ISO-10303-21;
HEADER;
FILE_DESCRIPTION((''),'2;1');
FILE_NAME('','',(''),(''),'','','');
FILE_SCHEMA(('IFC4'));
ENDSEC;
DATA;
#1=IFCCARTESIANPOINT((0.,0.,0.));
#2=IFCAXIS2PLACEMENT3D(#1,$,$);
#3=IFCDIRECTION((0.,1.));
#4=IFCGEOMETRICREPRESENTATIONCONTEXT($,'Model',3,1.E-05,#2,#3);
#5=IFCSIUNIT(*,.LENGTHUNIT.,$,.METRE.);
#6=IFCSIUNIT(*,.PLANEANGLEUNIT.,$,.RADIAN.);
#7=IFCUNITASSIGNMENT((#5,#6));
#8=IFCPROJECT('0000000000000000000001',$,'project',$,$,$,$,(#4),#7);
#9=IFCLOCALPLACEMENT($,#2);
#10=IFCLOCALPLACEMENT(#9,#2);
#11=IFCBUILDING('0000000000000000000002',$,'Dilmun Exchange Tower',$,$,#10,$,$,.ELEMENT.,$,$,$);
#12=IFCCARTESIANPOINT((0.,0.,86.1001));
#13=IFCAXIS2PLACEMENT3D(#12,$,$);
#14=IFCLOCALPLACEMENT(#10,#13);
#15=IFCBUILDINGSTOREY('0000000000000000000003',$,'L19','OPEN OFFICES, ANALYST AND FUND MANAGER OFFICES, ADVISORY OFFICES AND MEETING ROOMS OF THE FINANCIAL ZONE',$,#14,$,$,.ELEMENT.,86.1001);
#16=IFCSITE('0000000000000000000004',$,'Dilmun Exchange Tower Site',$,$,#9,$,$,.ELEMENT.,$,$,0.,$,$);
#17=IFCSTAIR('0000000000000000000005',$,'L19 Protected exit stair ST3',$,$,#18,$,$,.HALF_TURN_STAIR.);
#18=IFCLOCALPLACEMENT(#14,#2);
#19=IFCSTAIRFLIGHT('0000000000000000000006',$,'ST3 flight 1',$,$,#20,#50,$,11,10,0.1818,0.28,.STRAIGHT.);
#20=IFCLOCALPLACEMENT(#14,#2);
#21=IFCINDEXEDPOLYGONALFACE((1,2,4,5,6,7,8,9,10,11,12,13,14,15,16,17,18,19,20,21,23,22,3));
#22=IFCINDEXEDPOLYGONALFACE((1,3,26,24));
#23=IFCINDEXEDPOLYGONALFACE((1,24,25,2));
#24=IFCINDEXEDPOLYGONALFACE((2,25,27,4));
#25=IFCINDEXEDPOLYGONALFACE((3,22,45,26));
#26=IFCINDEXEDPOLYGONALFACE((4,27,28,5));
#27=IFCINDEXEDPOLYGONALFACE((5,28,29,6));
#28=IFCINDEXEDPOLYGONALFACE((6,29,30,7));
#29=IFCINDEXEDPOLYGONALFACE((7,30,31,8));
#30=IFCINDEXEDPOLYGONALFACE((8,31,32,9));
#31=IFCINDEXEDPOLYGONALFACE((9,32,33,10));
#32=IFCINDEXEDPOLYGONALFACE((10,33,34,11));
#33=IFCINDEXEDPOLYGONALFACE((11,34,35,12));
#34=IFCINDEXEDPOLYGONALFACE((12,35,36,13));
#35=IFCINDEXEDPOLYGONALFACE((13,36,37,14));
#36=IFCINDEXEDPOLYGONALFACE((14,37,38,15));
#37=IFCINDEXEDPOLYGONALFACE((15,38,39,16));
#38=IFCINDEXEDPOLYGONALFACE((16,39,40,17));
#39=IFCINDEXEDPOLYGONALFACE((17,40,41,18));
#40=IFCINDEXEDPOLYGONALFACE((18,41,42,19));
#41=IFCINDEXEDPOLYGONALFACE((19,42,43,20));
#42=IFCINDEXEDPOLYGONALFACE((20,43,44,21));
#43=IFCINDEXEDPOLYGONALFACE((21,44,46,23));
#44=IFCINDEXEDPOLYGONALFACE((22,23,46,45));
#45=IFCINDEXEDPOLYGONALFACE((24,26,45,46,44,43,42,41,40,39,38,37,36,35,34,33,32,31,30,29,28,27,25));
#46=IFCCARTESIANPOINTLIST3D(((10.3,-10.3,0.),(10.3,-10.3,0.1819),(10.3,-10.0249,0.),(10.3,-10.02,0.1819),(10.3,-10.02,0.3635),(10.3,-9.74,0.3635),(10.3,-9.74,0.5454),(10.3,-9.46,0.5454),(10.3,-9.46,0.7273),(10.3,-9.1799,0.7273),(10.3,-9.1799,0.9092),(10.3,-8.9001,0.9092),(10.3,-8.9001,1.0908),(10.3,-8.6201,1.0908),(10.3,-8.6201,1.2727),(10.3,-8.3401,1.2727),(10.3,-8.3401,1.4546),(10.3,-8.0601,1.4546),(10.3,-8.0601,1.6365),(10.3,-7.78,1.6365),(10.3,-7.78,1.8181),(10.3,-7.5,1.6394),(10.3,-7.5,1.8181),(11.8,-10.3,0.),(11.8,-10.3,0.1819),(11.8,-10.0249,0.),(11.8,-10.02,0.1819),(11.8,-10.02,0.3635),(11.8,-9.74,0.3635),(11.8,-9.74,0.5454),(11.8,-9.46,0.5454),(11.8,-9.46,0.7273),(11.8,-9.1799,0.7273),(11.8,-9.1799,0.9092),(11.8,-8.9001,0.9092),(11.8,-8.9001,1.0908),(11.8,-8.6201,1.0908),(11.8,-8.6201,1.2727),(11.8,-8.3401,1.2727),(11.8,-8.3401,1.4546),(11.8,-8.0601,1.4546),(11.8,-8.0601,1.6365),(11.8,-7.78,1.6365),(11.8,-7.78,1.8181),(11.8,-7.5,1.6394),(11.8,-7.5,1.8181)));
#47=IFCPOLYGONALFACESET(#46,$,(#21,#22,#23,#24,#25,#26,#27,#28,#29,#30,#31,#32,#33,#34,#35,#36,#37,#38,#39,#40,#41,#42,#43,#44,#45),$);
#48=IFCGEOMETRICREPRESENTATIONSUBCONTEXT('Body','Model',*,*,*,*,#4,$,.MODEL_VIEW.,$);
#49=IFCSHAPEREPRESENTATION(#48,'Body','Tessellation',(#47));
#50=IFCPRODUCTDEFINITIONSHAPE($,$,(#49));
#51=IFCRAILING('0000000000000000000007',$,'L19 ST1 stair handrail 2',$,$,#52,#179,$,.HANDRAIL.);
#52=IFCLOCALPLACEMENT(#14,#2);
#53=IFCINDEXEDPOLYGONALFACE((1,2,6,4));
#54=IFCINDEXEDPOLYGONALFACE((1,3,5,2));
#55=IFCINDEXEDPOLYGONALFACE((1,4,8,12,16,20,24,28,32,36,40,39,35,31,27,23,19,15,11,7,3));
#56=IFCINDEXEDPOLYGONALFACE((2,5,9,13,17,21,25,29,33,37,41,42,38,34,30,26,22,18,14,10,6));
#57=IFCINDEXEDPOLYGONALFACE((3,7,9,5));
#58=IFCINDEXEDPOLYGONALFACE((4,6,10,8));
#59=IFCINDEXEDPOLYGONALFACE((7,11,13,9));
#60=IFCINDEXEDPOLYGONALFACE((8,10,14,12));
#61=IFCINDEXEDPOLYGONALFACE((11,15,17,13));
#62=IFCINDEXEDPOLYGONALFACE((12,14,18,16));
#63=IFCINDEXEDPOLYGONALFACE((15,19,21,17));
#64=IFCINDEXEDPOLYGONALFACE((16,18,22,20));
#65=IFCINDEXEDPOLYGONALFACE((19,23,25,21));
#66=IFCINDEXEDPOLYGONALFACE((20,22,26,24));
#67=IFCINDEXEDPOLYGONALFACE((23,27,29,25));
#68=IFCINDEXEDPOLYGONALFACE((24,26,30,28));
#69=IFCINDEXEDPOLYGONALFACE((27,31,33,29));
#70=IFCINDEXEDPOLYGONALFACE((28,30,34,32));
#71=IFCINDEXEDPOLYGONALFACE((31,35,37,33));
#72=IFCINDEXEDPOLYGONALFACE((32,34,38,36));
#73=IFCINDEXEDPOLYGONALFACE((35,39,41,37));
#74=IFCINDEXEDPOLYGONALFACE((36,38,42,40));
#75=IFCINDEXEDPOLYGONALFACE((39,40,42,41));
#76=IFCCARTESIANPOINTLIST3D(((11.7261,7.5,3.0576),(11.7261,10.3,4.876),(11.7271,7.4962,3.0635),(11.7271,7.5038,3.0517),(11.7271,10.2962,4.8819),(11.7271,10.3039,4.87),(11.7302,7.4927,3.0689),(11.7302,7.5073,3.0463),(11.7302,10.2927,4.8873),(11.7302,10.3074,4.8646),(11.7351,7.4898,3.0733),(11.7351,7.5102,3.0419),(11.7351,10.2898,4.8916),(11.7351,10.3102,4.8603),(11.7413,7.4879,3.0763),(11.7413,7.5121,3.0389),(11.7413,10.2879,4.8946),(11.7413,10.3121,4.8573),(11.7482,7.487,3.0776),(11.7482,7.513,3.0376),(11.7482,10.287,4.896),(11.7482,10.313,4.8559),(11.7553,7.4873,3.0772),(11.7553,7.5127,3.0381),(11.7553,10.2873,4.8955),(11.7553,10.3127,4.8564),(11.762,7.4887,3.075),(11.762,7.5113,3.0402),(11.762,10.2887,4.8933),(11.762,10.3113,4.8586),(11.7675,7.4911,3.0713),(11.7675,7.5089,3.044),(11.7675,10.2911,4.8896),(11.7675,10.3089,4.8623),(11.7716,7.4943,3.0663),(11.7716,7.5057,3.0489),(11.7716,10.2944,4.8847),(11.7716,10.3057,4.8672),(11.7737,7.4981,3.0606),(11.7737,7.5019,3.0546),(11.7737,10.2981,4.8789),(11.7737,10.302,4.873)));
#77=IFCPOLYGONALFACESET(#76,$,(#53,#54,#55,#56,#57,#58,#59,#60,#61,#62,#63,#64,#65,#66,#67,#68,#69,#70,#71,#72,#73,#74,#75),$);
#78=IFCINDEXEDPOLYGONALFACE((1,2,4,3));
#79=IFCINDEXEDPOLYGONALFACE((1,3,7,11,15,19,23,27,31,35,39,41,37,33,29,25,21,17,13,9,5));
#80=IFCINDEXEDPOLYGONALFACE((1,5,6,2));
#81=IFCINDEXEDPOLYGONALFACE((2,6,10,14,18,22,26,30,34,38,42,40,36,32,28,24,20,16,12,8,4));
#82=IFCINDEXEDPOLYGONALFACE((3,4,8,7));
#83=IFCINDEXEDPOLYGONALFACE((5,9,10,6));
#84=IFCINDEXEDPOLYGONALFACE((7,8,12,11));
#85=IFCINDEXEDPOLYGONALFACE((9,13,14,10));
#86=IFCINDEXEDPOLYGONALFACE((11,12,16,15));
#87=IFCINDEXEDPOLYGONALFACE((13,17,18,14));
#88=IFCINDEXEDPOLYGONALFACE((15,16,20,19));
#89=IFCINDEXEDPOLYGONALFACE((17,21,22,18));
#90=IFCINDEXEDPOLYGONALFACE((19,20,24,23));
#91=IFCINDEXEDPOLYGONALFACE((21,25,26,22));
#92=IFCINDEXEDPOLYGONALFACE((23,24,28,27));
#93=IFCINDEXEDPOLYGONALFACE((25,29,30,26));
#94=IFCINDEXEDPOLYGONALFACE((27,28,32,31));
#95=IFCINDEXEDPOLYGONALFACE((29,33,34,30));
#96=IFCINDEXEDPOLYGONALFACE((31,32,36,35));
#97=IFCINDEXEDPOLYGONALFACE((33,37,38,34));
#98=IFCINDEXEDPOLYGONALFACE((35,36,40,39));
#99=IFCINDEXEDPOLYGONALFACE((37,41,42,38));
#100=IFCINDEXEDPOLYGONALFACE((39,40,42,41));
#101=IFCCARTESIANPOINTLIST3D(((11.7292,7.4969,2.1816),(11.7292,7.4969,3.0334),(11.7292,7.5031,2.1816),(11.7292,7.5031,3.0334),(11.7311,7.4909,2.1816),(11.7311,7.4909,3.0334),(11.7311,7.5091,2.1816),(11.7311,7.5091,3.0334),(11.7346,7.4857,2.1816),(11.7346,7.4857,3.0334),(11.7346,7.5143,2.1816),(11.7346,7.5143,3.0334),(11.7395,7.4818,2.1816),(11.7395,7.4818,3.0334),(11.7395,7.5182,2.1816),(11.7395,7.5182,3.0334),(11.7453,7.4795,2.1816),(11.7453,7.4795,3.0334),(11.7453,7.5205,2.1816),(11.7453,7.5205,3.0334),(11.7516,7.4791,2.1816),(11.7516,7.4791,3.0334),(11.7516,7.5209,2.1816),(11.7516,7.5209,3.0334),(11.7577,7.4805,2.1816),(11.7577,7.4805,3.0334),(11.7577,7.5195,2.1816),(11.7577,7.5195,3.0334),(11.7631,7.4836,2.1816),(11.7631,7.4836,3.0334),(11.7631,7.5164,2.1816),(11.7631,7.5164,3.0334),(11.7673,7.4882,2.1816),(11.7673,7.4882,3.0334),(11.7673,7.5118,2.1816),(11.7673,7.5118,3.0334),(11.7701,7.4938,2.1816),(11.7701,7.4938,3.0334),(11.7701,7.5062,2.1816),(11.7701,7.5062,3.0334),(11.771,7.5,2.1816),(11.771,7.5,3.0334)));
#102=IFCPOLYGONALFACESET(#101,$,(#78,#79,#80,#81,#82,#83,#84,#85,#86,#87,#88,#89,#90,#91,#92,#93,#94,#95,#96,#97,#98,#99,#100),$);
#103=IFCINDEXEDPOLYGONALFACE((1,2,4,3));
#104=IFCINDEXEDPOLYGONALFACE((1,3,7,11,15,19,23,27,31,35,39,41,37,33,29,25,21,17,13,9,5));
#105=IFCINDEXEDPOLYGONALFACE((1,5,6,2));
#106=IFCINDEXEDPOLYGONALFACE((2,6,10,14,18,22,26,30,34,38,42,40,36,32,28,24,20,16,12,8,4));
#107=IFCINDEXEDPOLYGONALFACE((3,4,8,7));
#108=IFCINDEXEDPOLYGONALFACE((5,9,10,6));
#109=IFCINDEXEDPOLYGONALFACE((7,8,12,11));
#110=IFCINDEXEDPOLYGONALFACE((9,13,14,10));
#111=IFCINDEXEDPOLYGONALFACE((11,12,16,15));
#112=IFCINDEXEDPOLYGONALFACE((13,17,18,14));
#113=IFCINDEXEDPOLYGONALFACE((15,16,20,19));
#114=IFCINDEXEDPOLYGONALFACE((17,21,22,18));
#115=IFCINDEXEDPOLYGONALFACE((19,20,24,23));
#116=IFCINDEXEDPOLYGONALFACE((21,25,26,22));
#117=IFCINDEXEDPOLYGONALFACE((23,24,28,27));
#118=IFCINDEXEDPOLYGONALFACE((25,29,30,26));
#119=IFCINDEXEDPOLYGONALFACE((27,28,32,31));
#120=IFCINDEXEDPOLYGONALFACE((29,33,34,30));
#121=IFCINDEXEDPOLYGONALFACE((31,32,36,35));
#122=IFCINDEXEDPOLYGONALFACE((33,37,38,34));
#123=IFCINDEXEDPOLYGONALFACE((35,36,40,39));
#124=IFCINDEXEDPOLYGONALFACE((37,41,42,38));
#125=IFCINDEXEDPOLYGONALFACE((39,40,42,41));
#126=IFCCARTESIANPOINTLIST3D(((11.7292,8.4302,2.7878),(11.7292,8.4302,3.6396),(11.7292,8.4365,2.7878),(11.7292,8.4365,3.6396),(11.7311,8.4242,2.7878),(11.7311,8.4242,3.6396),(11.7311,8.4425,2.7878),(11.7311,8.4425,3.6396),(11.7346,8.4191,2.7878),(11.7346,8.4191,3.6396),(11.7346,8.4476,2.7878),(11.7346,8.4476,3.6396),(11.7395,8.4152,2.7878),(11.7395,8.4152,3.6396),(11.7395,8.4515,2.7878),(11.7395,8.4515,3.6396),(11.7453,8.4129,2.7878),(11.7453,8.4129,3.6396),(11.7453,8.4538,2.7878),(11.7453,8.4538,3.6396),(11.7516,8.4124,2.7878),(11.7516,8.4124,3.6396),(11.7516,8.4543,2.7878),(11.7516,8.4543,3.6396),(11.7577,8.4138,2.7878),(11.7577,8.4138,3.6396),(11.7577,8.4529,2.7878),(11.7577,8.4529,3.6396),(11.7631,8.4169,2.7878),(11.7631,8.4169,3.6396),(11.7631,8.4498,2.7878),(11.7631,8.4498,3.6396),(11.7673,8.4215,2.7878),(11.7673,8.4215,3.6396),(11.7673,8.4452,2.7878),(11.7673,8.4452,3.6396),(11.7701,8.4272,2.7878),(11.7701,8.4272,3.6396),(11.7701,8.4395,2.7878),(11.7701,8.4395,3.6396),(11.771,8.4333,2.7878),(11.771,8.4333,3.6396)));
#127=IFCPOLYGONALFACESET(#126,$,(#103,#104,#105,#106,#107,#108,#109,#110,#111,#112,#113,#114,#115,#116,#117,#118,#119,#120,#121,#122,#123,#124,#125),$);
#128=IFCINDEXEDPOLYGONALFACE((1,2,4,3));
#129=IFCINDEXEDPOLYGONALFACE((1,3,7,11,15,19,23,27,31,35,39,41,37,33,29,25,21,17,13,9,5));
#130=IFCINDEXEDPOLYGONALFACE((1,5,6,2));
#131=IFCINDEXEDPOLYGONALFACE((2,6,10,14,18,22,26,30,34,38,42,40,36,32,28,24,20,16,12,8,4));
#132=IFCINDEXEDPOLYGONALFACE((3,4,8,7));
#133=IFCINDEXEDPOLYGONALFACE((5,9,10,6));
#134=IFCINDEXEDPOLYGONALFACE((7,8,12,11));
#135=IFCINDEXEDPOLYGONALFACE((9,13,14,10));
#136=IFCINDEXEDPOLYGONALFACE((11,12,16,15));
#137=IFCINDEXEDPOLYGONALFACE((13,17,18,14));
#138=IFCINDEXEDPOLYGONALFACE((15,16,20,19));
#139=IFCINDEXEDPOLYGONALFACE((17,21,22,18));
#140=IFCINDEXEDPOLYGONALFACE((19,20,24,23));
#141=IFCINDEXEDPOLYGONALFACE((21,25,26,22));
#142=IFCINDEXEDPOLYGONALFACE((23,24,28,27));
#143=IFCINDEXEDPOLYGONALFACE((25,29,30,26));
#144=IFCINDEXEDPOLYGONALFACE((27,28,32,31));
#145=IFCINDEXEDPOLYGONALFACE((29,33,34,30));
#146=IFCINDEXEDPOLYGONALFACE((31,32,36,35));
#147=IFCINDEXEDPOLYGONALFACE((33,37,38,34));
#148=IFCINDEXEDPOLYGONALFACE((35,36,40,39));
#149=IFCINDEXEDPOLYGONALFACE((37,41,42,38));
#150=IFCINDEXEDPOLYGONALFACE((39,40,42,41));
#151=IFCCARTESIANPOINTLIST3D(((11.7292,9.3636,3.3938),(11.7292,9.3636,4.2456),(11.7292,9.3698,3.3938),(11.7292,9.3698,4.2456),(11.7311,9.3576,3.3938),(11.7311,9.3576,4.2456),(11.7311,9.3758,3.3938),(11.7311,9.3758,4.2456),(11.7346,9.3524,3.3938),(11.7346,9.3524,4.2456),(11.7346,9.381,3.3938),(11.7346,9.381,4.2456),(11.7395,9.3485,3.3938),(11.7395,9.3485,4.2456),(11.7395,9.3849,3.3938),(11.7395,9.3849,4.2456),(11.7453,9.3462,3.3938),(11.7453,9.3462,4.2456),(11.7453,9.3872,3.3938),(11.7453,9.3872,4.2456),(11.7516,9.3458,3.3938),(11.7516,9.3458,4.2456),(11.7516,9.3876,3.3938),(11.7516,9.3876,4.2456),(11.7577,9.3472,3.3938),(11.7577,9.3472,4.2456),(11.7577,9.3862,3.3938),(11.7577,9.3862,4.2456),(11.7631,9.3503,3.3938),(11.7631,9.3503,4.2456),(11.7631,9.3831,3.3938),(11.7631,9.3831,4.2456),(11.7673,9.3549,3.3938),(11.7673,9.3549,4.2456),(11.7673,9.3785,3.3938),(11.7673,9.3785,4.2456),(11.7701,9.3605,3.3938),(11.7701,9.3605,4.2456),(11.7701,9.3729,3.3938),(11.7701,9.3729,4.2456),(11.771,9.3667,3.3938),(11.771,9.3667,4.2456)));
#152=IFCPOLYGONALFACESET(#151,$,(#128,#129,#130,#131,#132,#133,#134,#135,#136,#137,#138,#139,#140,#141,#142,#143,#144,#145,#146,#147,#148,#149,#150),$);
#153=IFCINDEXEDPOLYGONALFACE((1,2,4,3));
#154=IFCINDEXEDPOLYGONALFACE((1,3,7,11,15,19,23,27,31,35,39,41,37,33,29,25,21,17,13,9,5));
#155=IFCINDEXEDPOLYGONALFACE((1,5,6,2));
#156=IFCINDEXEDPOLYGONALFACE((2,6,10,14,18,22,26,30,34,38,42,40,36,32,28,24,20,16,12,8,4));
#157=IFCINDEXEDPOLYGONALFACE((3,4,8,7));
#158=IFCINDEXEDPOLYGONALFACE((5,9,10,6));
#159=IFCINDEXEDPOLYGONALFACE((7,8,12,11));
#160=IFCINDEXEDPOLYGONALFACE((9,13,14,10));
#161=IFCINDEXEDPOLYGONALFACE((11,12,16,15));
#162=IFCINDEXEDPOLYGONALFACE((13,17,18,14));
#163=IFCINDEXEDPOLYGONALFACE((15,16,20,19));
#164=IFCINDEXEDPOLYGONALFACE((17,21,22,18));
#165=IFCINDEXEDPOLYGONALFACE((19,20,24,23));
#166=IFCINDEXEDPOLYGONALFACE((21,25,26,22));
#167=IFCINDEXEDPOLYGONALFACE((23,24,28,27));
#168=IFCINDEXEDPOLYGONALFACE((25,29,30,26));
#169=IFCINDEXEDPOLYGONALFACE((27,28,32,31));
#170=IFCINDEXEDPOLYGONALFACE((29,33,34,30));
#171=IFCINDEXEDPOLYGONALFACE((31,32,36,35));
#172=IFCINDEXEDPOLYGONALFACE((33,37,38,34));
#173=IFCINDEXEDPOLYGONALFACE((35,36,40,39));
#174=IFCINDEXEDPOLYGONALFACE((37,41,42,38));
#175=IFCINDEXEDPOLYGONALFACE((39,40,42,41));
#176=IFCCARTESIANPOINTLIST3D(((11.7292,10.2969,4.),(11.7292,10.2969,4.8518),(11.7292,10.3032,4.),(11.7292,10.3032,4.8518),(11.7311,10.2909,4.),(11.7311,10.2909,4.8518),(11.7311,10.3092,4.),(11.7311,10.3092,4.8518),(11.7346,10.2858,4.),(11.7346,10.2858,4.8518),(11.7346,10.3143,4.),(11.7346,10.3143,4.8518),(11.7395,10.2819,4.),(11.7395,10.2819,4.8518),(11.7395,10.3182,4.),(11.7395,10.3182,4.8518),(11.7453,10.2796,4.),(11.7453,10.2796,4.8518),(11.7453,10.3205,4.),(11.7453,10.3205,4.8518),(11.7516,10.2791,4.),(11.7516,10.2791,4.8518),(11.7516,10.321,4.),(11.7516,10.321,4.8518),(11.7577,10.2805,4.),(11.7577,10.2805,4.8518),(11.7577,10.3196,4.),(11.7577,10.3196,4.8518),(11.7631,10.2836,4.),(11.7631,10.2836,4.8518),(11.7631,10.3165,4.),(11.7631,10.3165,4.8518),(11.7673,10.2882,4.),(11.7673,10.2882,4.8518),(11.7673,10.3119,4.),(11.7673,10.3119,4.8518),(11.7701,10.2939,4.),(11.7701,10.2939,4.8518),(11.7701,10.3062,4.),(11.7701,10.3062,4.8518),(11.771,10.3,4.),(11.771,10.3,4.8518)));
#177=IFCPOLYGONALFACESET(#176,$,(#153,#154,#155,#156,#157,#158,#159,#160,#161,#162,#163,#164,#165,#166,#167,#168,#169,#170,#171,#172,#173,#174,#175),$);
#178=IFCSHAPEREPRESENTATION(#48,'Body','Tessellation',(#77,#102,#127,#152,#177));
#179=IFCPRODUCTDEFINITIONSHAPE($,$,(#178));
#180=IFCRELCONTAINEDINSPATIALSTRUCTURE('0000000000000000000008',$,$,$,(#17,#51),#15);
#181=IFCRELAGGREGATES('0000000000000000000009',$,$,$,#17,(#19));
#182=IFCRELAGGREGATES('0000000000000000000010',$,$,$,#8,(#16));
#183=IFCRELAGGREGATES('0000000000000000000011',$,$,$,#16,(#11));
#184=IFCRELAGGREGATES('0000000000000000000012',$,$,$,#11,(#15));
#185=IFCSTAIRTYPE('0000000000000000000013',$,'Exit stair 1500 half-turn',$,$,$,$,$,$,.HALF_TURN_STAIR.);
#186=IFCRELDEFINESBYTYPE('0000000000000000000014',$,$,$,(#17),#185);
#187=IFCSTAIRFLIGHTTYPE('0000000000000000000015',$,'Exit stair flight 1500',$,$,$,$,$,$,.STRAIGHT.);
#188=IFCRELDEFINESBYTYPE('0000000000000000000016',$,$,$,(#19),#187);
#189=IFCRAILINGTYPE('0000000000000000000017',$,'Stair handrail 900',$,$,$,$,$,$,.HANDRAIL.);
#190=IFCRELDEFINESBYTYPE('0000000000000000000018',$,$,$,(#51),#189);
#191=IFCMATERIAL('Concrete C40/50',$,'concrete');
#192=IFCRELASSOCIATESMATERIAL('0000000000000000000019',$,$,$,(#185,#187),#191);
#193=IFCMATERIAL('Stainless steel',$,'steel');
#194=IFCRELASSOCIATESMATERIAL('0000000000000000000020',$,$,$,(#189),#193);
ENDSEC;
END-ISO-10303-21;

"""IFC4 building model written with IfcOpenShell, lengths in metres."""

from ifc_helpers import new_model, si_unit, direction, frame, origin, origin_2d, place, context, subcontext, project, spatial, polyline, circle, outline, extrude, material, type_object, element, aggregate, save


model = new_model("IFC4")

# Units and contexts
model_context = context("Model", 3, precision=1e-05, world=origin(), true_north=direction((0.0, 1.0)))
body_context = subcontext(model_context, "Body", "Model", "MODEL_VIEW")
ifc_project = project(units=[si_unit("LENGTHUNIT", "METRE"), si_unit("PLANEANGLEUNIT", "RADIAN")], contexts=[model_context])

# Site, building, storey
site_placement = place(None, origin())
site = spatial("IfcSite", under=ifc_project, at=site_placement, Name="Dilmun Exchange Tower Site", CompositionType="ELEMENT", RefElevation=0.0)
building_placement = place(site_placement, origin())
building = spatial("IfcBuilding", under=site, at=building_placement, Name="Dilmun Exchange Tower", CompositionType="ELEMENT")
storey_placement = place(building_placement, frame((0.0, 0.0, 86.1001)))
storey = spatial("IfcBuildingStorey", under=building, at=storey_placement, Name="L19", Description="OPEN OFFICES, ANALYST AND FUND MANAGER OFFICES, ADVISORY OFFICES AND MEETING ROOMS OF THE FINANCIAL ZONE", CompositionType="ELEMENT", Elevation=86.1001)

# Shared definitions
ifc_material_1 = material(Name="Concrete C40/50", Category="concrete")

# Stair, stair flight
stair_type = type_object("IfcStairType", Name="Exit stair 1500 half-turn", PredefinedType="HALF_TURN_STAIR", material=ifc_material_1)
stair_flight_type = type_object("IfcStairFlightType", Name="Exit stair flight 1500", PredefinedType="STRAIGHT", material=ifc_material_1)
stair_1_placement = place(storey_placement, origin())
stair_1 = element("IfcStair", 1, at=stair_1_placement, inside=storey, type_object=stair_type, Name="L19 Protected exit stair ST3", PredefinedType="HALF_TURN_STAIR")
stair_flight_1_placement = place(storey_placement, frame((11.05, -10.3, 0.0), z_axis=(0.0, 0.0, 1.0), x_axis=(0.0, 1.0, 0.0)))
stair_flight_1 = element("IfcStairFlight", 2, at=stair_flight_1_placement, type_object=stair_flight_type, Name="ST3 flight 1", NumberOfRisers=11, NumberOfTreads=10, PredefinedType="STRAIGHT", RiserHeight=0.1818, TreadLength=0.28, context=body_context, shape_type="SweptSolid", body=[
    extrude(outline(polyline([(0.0, 0.0), (0.0, 0.1819), (0.28, 0.1819), (0.28, 0.3635), (0.5601, 0.3635), (0.5601, 0.5454), (0.8401, 0.5454), (0.8401, 0.7273), (1.1201, 0.7273), (1.1201, 0.9092), (1.3999, 0.9092), (1.3999, 1.0908), (1.6799, 1.0908), (1.6799, 1.2727), (1.96, 1.2727), (1.96, 1.4546), (2.24, 1.4546), (2.24, 1.6365), (2.52, 1.6365), (2.52, 1.8181), (2.8, 1.8181), (2.8, 2.0), (2.8, 1.6394), (0.2751, 0.0), (0.0, 0.0)])), frame((0.0, 0.75, 0.0), z_axis=(0.0, -1.0, 0.0), x_axis=(1.0, 0.0, 0.0)), (0.0, 0.0, 1.0), 1.5),
])
aggregate(stair_1, [stair_flight_1])

# Railing
ifc_material_2 = material(Name="Stainless steel", Category="steel")
railing_type = type_object("IfcRailingType", Name="Stair handrail 900", PredefinedType="HANDRAIL", material=ifc_material_2)
for number, where, name in (
    (3, (11.75, 7.5, 2.1816), "L19 ST1 stair handrail 2"),
):
    element("IfcRailing", number, at=place(storey_placement, frame(where)), inside=storey, type_object=railing_type, Name=name, PredefinedType="HANDRAIL", context=body_context, shape_type="SweptSolid", body=[
        extrude(circle(Radius=0.0239, at=origin_2d()), frame((0.0, 0.0, 0.876), z_axis=(0.0, 0.838672, 0.544636), x_axis=(-1.0, 0.0, 0.0)), (0.0, 0.0, 1.0), 3.3386),
        extrude(circle(Radius=0.021, at=origin_2d()), origin(), (0.0, 0.0, 1.0), 0.8518),
        extrude(circle(Radius=0.021, at=origin_2d()), frame((0.0, 0.9333, 0.6062)), (0.0, 0.0, 1.0), 0.8518),
        extrude(circle(Radius=0.021, at=origin_2d()), frame((0.0, 1.8667, 1.2122)), (0.0, 0.0, 1.0), 0.8518),
        extrude(circle(Radius=0.021, at=origin_2d()), frame((0.0, 2.8, 1.8184)), (0.0, 0.0, 1.0), 0.8518),
    ])

save(model, "model.ifc")
